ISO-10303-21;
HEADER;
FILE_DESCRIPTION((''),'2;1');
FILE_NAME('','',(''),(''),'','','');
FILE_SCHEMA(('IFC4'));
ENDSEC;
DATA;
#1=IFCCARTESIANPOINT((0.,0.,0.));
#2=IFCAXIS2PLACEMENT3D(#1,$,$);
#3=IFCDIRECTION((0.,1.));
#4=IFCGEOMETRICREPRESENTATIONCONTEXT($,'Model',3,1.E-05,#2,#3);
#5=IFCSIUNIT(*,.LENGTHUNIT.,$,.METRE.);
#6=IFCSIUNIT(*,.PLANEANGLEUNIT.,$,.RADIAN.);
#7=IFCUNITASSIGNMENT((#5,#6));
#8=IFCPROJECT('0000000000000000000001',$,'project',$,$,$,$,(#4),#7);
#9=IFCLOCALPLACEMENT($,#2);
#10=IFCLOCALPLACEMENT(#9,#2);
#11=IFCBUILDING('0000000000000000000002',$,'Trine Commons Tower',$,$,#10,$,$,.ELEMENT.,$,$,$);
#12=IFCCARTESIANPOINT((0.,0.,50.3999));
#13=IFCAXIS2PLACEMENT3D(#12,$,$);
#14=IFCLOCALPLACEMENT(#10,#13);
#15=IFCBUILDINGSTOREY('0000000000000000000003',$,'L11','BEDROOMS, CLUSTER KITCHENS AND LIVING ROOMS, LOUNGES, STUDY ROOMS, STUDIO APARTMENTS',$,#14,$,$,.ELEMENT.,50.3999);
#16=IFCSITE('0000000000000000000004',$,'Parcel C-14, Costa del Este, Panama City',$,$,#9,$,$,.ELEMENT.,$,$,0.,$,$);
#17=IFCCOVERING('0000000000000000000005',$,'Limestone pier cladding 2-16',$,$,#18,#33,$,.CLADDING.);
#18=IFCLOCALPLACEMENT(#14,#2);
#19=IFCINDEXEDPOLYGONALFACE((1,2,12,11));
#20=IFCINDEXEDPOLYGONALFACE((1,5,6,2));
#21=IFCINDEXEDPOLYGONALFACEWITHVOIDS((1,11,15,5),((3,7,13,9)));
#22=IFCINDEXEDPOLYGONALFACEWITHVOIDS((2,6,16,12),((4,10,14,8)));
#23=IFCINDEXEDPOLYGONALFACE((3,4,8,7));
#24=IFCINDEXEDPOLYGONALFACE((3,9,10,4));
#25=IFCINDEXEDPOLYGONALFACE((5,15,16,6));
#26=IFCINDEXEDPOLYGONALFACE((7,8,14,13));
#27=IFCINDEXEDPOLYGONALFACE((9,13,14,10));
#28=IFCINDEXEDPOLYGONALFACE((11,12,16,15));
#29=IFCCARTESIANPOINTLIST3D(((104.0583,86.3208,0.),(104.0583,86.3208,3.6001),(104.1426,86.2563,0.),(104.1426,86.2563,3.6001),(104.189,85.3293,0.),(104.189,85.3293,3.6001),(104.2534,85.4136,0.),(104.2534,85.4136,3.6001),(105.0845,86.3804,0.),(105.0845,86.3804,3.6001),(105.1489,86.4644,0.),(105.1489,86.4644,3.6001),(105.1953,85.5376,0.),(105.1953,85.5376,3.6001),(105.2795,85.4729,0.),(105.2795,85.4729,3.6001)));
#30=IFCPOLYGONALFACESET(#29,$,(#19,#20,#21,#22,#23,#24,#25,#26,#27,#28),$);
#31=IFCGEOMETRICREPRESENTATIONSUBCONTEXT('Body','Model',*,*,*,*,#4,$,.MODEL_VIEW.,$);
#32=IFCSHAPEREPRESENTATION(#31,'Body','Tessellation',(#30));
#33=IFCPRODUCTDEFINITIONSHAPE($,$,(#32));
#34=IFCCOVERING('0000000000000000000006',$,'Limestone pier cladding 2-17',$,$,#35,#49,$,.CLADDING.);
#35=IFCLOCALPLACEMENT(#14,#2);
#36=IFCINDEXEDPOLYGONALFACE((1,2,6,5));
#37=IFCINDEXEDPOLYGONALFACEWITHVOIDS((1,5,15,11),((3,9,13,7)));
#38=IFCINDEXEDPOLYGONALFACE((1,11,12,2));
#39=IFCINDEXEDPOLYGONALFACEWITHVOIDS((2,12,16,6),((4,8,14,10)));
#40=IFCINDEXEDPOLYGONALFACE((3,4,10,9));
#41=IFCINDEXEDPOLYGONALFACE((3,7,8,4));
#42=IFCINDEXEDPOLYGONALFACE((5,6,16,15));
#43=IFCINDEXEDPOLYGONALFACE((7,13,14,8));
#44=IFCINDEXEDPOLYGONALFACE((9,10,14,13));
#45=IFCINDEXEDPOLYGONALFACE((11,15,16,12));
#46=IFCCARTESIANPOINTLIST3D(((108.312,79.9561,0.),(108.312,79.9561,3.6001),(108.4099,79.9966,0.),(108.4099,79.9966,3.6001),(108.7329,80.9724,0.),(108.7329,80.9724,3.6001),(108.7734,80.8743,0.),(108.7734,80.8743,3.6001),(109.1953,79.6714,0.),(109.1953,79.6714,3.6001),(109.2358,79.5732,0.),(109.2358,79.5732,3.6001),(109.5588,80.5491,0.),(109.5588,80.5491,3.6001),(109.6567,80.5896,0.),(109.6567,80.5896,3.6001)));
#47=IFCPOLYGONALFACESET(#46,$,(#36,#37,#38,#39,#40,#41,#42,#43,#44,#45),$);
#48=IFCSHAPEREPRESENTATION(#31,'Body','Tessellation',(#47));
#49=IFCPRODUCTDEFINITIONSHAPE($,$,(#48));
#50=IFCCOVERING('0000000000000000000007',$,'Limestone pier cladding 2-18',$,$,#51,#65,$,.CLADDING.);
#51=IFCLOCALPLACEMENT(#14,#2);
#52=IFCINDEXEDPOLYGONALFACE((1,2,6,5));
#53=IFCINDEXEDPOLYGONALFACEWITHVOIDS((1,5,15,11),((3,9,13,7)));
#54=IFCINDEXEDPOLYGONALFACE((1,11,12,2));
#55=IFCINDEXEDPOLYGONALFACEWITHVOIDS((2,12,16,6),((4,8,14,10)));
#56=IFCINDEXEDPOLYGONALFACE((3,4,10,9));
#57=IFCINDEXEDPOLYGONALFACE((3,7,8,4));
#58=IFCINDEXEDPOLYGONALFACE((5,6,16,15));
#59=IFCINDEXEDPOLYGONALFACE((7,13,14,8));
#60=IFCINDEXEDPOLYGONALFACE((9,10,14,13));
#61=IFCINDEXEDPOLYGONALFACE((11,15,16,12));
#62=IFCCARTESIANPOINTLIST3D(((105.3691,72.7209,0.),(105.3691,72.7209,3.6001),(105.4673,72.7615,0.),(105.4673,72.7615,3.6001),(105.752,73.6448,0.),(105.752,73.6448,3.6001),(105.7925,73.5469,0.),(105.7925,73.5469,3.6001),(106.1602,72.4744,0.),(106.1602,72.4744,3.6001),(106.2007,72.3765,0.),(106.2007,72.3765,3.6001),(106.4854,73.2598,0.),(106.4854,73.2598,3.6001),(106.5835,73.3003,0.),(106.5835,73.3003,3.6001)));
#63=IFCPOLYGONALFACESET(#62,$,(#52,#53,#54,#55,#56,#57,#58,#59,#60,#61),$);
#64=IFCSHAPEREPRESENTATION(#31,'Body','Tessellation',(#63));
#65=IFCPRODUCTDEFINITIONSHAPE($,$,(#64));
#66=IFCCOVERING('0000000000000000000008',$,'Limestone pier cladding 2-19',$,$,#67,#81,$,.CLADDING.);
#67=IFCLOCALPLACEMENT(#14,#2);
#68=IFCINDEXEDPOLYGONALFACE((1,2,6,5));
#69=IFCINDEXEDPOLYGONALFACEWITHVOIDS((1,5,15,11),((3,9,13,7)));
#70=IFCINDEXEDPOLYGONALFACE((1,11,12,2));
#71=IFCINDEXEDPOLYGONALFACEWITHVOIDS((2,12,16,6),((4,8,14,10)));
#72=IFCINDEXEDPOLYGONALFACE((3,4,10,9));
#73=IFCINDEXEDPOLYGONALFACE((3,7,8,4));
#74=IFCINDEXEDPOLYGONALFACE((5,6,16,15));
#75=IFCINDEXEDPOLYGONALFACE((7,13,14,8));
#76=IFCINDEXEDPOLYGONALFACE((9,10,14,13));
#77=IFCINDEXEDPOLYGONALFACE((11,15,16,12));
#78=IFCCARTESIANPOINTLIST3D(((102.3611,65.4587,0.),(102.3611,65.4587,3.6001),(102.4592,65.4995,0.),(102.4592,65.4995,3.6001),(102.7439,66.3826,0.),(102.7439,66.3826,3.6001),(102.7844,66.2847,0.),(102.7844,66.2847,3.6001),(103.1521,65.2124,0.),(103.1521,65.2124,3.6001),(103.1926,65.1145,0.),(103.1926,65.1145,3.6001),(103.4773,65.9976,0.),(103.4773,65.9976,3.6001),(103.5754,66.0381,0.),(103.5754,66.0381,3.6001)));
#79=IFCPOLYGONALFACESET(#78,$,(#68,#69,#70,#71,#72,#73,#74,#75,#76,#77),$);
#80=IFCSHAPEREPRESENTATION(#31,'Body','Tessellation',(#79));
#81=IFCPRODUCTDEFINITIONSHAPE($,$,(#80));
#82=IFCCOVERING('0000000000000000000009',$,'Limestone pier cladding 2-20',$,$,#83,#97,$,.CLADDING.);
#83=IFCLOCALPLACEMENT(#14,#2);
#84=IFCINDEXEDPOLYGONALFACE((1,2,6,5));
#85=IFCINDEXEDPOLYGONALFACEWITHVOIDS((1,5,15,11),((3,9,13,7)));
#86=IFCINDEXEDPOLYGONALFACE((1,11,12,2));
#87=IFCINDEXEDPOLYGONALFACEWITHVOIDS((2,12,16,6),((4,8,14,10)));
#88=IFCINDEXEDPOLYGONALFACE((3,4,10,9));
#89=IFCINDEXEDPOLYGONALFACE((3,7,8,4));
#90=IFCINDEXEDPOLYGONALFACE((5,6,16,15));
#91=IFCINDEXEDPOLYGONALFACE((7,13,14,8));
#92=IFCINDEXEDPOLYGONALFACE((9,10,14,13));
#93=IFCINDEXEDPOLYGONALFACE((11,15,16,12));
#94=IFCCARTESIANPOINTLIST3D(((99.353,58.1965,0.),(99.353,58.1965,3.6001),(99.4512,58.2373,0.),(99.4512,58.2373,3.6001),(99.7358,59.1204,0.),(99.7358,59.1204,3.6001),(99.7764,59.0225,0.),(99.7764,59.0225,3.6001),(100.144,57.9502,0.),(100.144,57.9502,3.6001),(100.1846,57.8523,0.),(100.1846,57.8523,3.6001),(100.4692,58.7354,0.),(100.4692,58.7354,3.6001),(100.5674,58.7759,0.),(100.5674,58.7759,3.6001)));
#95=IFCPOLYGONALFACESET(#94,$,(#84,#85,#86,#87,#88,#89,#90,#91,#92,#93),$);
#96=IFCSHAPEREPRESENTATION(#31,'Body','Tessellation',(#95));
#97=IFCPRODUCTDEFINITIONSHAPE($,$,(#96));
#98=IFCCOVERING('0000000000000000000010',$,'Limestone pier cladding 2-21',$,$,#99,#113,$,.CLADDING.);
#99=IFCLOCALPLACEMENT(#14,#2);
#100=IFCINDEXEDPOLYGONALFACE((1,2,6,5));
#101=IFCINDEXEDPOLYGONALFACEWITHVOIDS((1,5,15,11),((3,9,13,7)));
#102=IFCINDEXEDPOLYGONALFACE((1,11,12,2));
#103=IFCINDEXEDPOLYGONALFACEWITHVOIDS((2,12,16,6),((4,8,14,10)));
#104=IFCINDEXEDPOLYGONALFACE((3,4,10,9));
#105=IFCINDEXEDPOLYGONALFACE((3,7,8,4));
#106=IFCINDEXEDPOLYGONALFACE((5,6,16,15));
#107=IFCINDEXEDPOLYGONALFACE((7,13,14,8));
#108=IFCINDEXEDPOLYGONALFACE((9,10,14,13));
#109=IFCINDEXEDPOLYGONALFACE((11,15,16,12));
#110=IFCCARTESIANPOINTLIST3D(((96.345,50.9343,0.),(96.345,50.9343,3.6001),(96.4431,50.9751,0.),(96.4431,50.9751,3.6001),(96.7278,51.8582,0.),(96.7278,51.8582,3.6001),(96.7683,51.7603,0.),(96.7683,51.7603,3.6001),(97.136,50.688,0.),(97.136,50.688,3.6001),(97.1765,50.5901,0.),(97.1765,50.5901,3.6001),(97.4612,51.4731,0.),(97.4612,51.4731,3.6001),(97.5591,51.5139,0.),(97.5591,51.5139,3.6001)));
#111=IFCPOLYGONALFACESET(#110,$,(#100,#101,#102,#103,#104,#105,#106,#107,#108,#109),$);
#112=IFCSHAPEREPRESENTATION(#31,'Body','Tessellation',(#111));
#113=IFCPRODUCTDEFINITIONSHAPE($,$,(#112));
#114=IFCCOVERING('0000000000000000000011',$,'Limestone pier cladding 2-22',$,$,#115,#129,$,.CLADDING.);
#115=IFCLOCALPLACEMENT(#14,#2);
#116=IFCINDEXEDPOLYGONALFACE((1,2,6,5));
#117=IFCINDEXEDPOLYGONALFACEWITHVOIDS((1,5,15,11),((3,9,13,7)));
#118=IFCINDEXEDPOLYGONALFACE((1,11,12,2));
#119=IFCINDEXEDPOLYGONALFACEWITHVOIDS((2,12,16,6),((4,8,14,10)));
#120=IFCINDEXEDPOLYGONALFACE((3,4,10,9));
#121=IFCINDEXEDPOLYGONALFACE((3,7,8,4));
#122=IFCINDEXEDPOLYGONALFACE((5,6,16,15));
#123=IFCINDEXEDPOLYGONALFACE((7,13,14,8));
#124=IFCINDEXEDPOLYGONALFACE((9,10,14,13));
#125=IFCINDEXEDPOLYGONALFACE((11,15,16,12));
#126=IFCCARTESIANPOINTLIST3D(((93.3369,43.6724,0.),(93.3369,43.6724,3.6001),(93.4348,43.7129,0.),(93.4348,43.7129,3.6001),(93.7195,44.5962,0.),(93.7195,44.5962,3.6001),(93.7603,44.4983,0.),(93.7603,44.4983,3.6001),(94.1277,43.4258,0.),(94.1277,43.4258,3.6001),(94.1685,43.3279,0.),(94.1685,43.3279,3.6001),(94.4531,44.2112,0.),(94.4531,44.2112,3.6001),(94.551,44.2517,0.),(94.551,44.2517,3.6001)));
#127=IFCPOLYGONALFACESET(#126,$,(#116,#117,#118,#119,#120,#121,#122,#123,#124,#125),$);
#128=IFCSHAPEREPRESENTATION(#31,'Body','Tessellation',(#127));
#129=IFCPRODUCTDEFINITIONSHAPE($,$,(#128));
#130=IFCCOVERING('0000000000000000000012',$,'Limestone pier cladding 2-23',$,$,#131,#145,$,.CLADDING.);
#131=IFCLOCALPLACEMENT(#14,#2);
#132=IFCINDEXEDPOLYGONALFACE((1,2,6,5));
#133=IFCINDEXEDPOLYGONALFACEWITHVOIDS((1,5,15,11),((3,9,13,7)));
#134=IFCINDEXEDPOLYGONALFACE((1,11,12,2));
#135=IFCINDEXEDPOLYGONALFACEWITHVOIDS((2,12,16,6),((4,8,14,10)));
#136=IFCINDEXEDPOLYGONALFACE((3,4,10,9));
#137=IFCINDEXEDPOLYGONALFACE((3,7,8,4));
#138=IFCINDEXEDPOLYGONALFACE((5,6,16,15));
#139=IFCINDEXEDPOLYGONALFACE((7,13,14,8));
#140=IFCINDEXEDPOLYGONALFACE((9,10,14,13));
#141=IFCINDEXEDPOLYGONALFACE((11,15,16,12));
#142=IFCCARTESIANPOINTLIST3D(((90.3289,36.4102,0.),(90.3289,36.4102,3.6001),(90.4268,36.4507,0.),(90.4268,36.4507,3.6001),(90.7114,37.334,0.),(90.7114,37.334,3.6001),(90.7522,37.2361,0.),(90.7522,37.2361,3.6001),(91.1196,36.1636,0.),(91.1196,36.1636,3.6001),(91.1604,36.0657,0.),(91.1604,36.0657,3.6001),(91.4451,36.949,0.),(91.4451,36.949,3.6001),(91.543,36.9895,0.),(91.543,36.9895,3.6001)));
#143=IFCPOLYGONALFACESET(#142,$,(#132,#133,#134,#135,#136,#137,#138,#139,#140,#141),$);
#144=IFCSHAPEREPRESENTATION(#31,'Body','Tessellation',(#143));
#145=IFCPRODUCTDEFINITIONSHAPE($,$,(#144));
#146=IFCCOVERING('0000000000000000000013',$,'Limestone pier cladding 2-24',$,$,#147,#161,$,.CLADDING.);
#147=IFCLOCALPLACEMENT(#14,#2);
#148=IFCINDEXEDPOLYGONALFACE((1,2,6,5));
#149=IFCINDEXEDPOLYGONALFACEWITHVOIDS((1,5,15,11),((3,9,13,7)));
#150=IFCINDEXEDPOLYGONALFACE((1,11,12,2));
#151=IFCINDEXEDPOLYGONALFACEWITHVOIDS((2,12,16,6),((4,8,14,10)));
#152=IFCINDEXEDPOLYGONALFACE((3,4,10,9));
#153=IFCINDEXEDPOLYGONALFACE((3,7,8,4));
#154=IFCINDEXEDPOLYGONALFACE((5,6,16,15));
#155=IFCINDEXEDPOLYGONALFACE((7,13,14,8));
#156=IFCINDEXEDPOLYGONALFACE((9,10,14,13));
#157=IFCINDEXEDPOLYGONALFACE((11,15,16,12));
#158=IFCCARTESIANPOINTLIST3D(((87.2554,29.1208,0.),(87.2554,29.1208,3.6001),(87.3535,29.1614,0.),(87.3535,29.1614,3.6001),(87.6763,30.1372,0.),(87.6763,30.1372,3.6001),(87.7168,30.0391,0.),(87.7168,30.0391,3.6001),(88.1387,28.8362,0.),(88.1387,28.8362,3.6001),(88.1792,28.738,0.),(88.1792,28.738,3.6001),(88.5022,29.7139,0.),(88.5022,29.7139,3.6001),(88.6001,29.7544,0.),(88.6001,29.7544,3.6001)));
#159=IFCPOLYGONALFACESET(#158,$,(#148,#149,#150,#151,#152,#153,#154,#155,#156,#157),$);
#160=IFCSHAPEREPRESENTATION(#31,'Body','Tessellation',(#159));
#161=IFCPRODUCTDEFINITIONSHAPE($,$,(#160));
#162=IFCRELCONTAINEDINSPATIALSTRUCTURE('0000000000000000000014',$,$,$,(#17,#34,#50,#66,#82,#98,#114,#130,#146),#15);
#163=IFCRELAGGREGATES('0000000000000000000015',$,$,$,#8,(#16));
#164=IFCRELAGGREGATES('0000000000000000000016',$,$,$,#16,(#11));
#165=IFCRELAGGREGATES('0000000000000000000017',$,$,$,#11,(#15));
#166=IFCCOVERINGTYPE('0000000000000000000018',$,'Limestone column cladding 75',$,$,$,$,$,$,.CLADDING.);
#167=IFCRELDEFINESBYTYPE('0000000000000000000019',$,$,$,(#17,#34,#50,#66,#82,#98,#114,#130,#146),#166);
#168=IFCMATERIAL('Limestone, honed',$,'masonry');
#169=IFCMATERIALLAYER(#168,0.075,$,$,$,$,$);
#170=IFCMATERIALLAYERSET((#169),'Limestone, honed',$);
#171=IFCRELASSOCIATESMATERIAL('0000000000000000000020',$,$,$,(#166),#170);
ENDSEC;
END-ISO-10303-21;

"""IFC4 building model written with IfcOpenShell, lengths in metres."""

from ifc_helpers import new_model, si_unit, direction, frame, origin, place, context, subcontext, project, spatial, polyline, outline, extrude, material, layer, layer_set, type_object, element, save


model = new_model("IFC4")

# Units and contexts
model_context = context("Model", 3, precision=1e-05, world=origin(), true_north=direction((0.0, 1.0)))
body_context = subcontext(model_context, "Body", "Model", "MODEL_VIEW")
ifc_project = project(units=[si_unit("LENGTHUNIT", "METRE"), si_unit("PLANEANGLEUNIT", "RADIAN")], contexts=[model_context])

# Site, building, storey
site_placement = place(None, origin())
site = spatial("IfcSite", under=ifc_project, at=site_placement, Name="Parcel C-14, Costa del Este, Panama City", CompositionType="ELEMENT", RefElevation=0.0)
building_placement = place(site_placement, origin())
building = spatial("IfcBuilding", under=site, at=building_placement, Name="Trine Commons Tower", CompositionType="ELEMENT")
storey_placement = place(building_placement, frame((0.0, 0.0, 50.3999)))
storey = spatial("IfcBuildingStorey", under=building, at=storey_placement, Name="L11", Description="BEDROOMS, CLUSTER KITCHENS AND LIVING ROOMS, LOUNGES, STUDY ROOMS, STUDIO APARTMENTS", CompositionType="ELEMENT", Elevation=50.3999)

# Coverings
ifc_material_1 = material(Name="Limestone, honed", Category="masonry")
ifc_layer_1 = layer(ifc_material_1, 0.075)
ifc_layer_set_1 = layer_set([ifc_layer_1], Name="Limestone, honed")
covering_type = type_object("IfcCoveringType", Name="Limestone column cladding 75", PredefinedType="CLADDING", material=ifc_layer_set_1)
covering_1_placement = place(storey_placement, origin())
element("IfcCovering", 1, at=covering_1_placement, inside=storey, type_object=covering_type, Name="Limestone pier cladding 2-16", PredefinedType="CLADDING", context=body_context, shape_type="SweptSolid", body=[
    extrude(outline(polyline([(105.2795, 85.4729), (105.1489, 86.4644), (104.0583, 86.3208), (104.189, 85.3293), (105.2795, 85.4729)]), holes=[polyline([(105.1953, 85.5376), (105.0845, 86.3804), (104.1426, 86.2563), (104.2534, 85.4136), (105.1953, 85.5376)])]), origin(), (0.0, 0.0, 1.0), 3.6001),
])
covering_2_placement = place(storey_placement, origin())
element("IfcCovering", 2, at=covering_2_placement, inside=storey, type_object=covering_type, Name="Limestone pier cladding 2-17", PredefinedType="CLADDING", context=body_context, shape_type="SweptSolid", body=[
    extrude(outline(polyline([(109.6567, 80.5896), (108.7329, 80.9724), (108.312, 79.9561), (109.2358, 79.5732), (109.6567, 80.5896)]), holes=[polyline([(109.5588, 80.5491), (108.7734, 80.8743), (108.4099, 79.9966), (109.1953, 79.6714), (109.5588, 80.5491)])]), origin(), (0.0, 0.0, 1.0), 3.6001),
])
covering_3_placement = place(storey_placement, origin())
element("IfcCovering", 3, at=covering_3_placement, inside=storey, type_object=covering_type, Name="Limestone pier cladding 2-18", PredefinedType="CLADDING", context=body_context, shape_type="SweptSolid", body=[
    extrude(outline(polyline([(106.5835, 73.3003), (105.752, 73.6448), (105.3691, 72.7209), (106.2007, 72.3765), (106.5835, 73.3003)]), holes=[polyline([(106.4854, 73.2598), (105.7925, 73.5469), (105.4673, 72.7615), (106.1602, 72.4744), (106.4854, 73.2598)])]), origin(), (0.0, 0.0, 1.0), 3.6001),
])
covering_4_placement = place(storey_placement, origin())
element("IfcCovering", 4, at=covering_4_placement, inside=storey, type_object=covering_type, Name="Limestone pier cladding 2-19", PredefinedType="CLADDING", context=body_context, shape_type="SweptSolid", body=[
    extrude(outline(polyline([(103.5754, 66.0381), (102.7439, 66.3826), (102.3611, 65.4587), (103.1926, 65.1145), (103.5754, 66.0381)]), holes=[polyline([(103.4773, 65.9976), (102.7844, 66.2847), (102.4592, 65.4995), (103.1521, 65.2124), (103.4773, 65.9976)])]), origin(), (0.0, 0.0, 1.0), 3.6001),
])
covering_5_placement = place(storey_placement, origin())
element("IfcCovering", 5, at=covering_5_placement, inside=storey, type_object=covering_type, Name="Limestone pier cladding 2-20", PredefinedType="CLADDING", context=body_context, shape_type="SweptSolid", body=[
    extrude(outline(polyline([(100.5674, 58.7759), (99.7358, 59.1204), (99.353, 58.1965), (100.1846, 57.8523), (100.5674, 58.7759)]), holes=[polyline([(100.4692, 58.7354), (99.7764, 59.0225), (99.4512, 58.2373), (100.144, 57.9502), (100.4692, 58.7354)])]), origin(), (0.0, 0.0, 1.0), 3.6001),
])
covering_6_placement = place(storey_placement, origin())
element("IfcCovering", 6, at=covering_6_placement, inside=storey, type_object=covering_type, Name="Limestone pier cladding 2-21", PredefinedType="CLADDING", context=body_context, shape_type="SweptSolid", body=[
    extrude(outline(polyline([(97.5591, 51.5139), (96.7278, 51.8582), (96.345, 50.9343), (97.1765, 50.5901), (97.5591, 51.5139)]), holes=[polyline([(97.4612, 51.4731), (96.7683, 51.7603), (96.4431, 50.9751), (97.136, 50.688), (97.4612, 51.4731)])]), origin(), (0.0, 0.0, 1.0), 3.6001),
])
covering_7_placement = place(storey_placement, origin())
element("IfcCovering", 7, at=covering_7_placement, inside=storey, type_object=covering_type, Name="Limestone pier cladding 2-22", PredefinedType="CLADDING", context=body_context, shape_type="SweptSolid", body=[
    extrude(outline(polyline([(94.551, 44.2517), (93.7195, 44.5962), (93.3369, 43.6724), (94.1685, 43.3279), (94.551, 44.2517)]), holes=[polyline([(94.4531, 44.2112), (93.7603, 44.4983), (93.4348, 43.7129), (94.1277, 43.4258), (94.4531, 44.2112)])]), origin(), (0.0, 0.0, 1.0), 3.6001),
])
covering_8_placement = place(storey_placement, origin())
element("IfcCovering", 8, at=covering_8_placement, inside=storey, type_object=covering_type, Name="Limestone pier cladding 2-23", PredefinedType="CLADDING", context=body_context, shape_type="SweptSolid", body=[
    extrude(outline(polyline([(91.543, 36.9895), (90.7114, 37.334), (90.3289, 36.4102), (91.1604, 36.0657), (91.543, 36.9895)]), holes=[polyline([(91.4451, 36.949), (90.7522, 37.2361), (90.4268, 36.4507), (91.1196, 36.1636), (91.4451, 36.949)])]), origin(), (0.0, 0.0, 1.0), 3.6001),
])
covering_9_placement = place(storey_placement, origin())
element("IfcCovering", 9, at=covering_9_placement, inside=storey, type_object=covering_type, Name="Limestone pier cladding 2-24", PredefinedType="CLADDING", context=body_context, shape_type="SweptSolid", body=[
    extrude(outline(polyline([(88.6001, 29.7544), (87.6763, 30.1372), (87.2554, 29.1208), (88.1792, 28.738), (88.6001, 29.7544)]), holes=[polyline([(88.5022, 29.7139), (87.7168, 30.0391), (87.3535, 29.1614), (88.1387, 28.8362), (88.5022, 29.7139)])]), origin(), (0.0, 0.0, 1.0), 3.6001),
])

save(model, "model.ifc")
